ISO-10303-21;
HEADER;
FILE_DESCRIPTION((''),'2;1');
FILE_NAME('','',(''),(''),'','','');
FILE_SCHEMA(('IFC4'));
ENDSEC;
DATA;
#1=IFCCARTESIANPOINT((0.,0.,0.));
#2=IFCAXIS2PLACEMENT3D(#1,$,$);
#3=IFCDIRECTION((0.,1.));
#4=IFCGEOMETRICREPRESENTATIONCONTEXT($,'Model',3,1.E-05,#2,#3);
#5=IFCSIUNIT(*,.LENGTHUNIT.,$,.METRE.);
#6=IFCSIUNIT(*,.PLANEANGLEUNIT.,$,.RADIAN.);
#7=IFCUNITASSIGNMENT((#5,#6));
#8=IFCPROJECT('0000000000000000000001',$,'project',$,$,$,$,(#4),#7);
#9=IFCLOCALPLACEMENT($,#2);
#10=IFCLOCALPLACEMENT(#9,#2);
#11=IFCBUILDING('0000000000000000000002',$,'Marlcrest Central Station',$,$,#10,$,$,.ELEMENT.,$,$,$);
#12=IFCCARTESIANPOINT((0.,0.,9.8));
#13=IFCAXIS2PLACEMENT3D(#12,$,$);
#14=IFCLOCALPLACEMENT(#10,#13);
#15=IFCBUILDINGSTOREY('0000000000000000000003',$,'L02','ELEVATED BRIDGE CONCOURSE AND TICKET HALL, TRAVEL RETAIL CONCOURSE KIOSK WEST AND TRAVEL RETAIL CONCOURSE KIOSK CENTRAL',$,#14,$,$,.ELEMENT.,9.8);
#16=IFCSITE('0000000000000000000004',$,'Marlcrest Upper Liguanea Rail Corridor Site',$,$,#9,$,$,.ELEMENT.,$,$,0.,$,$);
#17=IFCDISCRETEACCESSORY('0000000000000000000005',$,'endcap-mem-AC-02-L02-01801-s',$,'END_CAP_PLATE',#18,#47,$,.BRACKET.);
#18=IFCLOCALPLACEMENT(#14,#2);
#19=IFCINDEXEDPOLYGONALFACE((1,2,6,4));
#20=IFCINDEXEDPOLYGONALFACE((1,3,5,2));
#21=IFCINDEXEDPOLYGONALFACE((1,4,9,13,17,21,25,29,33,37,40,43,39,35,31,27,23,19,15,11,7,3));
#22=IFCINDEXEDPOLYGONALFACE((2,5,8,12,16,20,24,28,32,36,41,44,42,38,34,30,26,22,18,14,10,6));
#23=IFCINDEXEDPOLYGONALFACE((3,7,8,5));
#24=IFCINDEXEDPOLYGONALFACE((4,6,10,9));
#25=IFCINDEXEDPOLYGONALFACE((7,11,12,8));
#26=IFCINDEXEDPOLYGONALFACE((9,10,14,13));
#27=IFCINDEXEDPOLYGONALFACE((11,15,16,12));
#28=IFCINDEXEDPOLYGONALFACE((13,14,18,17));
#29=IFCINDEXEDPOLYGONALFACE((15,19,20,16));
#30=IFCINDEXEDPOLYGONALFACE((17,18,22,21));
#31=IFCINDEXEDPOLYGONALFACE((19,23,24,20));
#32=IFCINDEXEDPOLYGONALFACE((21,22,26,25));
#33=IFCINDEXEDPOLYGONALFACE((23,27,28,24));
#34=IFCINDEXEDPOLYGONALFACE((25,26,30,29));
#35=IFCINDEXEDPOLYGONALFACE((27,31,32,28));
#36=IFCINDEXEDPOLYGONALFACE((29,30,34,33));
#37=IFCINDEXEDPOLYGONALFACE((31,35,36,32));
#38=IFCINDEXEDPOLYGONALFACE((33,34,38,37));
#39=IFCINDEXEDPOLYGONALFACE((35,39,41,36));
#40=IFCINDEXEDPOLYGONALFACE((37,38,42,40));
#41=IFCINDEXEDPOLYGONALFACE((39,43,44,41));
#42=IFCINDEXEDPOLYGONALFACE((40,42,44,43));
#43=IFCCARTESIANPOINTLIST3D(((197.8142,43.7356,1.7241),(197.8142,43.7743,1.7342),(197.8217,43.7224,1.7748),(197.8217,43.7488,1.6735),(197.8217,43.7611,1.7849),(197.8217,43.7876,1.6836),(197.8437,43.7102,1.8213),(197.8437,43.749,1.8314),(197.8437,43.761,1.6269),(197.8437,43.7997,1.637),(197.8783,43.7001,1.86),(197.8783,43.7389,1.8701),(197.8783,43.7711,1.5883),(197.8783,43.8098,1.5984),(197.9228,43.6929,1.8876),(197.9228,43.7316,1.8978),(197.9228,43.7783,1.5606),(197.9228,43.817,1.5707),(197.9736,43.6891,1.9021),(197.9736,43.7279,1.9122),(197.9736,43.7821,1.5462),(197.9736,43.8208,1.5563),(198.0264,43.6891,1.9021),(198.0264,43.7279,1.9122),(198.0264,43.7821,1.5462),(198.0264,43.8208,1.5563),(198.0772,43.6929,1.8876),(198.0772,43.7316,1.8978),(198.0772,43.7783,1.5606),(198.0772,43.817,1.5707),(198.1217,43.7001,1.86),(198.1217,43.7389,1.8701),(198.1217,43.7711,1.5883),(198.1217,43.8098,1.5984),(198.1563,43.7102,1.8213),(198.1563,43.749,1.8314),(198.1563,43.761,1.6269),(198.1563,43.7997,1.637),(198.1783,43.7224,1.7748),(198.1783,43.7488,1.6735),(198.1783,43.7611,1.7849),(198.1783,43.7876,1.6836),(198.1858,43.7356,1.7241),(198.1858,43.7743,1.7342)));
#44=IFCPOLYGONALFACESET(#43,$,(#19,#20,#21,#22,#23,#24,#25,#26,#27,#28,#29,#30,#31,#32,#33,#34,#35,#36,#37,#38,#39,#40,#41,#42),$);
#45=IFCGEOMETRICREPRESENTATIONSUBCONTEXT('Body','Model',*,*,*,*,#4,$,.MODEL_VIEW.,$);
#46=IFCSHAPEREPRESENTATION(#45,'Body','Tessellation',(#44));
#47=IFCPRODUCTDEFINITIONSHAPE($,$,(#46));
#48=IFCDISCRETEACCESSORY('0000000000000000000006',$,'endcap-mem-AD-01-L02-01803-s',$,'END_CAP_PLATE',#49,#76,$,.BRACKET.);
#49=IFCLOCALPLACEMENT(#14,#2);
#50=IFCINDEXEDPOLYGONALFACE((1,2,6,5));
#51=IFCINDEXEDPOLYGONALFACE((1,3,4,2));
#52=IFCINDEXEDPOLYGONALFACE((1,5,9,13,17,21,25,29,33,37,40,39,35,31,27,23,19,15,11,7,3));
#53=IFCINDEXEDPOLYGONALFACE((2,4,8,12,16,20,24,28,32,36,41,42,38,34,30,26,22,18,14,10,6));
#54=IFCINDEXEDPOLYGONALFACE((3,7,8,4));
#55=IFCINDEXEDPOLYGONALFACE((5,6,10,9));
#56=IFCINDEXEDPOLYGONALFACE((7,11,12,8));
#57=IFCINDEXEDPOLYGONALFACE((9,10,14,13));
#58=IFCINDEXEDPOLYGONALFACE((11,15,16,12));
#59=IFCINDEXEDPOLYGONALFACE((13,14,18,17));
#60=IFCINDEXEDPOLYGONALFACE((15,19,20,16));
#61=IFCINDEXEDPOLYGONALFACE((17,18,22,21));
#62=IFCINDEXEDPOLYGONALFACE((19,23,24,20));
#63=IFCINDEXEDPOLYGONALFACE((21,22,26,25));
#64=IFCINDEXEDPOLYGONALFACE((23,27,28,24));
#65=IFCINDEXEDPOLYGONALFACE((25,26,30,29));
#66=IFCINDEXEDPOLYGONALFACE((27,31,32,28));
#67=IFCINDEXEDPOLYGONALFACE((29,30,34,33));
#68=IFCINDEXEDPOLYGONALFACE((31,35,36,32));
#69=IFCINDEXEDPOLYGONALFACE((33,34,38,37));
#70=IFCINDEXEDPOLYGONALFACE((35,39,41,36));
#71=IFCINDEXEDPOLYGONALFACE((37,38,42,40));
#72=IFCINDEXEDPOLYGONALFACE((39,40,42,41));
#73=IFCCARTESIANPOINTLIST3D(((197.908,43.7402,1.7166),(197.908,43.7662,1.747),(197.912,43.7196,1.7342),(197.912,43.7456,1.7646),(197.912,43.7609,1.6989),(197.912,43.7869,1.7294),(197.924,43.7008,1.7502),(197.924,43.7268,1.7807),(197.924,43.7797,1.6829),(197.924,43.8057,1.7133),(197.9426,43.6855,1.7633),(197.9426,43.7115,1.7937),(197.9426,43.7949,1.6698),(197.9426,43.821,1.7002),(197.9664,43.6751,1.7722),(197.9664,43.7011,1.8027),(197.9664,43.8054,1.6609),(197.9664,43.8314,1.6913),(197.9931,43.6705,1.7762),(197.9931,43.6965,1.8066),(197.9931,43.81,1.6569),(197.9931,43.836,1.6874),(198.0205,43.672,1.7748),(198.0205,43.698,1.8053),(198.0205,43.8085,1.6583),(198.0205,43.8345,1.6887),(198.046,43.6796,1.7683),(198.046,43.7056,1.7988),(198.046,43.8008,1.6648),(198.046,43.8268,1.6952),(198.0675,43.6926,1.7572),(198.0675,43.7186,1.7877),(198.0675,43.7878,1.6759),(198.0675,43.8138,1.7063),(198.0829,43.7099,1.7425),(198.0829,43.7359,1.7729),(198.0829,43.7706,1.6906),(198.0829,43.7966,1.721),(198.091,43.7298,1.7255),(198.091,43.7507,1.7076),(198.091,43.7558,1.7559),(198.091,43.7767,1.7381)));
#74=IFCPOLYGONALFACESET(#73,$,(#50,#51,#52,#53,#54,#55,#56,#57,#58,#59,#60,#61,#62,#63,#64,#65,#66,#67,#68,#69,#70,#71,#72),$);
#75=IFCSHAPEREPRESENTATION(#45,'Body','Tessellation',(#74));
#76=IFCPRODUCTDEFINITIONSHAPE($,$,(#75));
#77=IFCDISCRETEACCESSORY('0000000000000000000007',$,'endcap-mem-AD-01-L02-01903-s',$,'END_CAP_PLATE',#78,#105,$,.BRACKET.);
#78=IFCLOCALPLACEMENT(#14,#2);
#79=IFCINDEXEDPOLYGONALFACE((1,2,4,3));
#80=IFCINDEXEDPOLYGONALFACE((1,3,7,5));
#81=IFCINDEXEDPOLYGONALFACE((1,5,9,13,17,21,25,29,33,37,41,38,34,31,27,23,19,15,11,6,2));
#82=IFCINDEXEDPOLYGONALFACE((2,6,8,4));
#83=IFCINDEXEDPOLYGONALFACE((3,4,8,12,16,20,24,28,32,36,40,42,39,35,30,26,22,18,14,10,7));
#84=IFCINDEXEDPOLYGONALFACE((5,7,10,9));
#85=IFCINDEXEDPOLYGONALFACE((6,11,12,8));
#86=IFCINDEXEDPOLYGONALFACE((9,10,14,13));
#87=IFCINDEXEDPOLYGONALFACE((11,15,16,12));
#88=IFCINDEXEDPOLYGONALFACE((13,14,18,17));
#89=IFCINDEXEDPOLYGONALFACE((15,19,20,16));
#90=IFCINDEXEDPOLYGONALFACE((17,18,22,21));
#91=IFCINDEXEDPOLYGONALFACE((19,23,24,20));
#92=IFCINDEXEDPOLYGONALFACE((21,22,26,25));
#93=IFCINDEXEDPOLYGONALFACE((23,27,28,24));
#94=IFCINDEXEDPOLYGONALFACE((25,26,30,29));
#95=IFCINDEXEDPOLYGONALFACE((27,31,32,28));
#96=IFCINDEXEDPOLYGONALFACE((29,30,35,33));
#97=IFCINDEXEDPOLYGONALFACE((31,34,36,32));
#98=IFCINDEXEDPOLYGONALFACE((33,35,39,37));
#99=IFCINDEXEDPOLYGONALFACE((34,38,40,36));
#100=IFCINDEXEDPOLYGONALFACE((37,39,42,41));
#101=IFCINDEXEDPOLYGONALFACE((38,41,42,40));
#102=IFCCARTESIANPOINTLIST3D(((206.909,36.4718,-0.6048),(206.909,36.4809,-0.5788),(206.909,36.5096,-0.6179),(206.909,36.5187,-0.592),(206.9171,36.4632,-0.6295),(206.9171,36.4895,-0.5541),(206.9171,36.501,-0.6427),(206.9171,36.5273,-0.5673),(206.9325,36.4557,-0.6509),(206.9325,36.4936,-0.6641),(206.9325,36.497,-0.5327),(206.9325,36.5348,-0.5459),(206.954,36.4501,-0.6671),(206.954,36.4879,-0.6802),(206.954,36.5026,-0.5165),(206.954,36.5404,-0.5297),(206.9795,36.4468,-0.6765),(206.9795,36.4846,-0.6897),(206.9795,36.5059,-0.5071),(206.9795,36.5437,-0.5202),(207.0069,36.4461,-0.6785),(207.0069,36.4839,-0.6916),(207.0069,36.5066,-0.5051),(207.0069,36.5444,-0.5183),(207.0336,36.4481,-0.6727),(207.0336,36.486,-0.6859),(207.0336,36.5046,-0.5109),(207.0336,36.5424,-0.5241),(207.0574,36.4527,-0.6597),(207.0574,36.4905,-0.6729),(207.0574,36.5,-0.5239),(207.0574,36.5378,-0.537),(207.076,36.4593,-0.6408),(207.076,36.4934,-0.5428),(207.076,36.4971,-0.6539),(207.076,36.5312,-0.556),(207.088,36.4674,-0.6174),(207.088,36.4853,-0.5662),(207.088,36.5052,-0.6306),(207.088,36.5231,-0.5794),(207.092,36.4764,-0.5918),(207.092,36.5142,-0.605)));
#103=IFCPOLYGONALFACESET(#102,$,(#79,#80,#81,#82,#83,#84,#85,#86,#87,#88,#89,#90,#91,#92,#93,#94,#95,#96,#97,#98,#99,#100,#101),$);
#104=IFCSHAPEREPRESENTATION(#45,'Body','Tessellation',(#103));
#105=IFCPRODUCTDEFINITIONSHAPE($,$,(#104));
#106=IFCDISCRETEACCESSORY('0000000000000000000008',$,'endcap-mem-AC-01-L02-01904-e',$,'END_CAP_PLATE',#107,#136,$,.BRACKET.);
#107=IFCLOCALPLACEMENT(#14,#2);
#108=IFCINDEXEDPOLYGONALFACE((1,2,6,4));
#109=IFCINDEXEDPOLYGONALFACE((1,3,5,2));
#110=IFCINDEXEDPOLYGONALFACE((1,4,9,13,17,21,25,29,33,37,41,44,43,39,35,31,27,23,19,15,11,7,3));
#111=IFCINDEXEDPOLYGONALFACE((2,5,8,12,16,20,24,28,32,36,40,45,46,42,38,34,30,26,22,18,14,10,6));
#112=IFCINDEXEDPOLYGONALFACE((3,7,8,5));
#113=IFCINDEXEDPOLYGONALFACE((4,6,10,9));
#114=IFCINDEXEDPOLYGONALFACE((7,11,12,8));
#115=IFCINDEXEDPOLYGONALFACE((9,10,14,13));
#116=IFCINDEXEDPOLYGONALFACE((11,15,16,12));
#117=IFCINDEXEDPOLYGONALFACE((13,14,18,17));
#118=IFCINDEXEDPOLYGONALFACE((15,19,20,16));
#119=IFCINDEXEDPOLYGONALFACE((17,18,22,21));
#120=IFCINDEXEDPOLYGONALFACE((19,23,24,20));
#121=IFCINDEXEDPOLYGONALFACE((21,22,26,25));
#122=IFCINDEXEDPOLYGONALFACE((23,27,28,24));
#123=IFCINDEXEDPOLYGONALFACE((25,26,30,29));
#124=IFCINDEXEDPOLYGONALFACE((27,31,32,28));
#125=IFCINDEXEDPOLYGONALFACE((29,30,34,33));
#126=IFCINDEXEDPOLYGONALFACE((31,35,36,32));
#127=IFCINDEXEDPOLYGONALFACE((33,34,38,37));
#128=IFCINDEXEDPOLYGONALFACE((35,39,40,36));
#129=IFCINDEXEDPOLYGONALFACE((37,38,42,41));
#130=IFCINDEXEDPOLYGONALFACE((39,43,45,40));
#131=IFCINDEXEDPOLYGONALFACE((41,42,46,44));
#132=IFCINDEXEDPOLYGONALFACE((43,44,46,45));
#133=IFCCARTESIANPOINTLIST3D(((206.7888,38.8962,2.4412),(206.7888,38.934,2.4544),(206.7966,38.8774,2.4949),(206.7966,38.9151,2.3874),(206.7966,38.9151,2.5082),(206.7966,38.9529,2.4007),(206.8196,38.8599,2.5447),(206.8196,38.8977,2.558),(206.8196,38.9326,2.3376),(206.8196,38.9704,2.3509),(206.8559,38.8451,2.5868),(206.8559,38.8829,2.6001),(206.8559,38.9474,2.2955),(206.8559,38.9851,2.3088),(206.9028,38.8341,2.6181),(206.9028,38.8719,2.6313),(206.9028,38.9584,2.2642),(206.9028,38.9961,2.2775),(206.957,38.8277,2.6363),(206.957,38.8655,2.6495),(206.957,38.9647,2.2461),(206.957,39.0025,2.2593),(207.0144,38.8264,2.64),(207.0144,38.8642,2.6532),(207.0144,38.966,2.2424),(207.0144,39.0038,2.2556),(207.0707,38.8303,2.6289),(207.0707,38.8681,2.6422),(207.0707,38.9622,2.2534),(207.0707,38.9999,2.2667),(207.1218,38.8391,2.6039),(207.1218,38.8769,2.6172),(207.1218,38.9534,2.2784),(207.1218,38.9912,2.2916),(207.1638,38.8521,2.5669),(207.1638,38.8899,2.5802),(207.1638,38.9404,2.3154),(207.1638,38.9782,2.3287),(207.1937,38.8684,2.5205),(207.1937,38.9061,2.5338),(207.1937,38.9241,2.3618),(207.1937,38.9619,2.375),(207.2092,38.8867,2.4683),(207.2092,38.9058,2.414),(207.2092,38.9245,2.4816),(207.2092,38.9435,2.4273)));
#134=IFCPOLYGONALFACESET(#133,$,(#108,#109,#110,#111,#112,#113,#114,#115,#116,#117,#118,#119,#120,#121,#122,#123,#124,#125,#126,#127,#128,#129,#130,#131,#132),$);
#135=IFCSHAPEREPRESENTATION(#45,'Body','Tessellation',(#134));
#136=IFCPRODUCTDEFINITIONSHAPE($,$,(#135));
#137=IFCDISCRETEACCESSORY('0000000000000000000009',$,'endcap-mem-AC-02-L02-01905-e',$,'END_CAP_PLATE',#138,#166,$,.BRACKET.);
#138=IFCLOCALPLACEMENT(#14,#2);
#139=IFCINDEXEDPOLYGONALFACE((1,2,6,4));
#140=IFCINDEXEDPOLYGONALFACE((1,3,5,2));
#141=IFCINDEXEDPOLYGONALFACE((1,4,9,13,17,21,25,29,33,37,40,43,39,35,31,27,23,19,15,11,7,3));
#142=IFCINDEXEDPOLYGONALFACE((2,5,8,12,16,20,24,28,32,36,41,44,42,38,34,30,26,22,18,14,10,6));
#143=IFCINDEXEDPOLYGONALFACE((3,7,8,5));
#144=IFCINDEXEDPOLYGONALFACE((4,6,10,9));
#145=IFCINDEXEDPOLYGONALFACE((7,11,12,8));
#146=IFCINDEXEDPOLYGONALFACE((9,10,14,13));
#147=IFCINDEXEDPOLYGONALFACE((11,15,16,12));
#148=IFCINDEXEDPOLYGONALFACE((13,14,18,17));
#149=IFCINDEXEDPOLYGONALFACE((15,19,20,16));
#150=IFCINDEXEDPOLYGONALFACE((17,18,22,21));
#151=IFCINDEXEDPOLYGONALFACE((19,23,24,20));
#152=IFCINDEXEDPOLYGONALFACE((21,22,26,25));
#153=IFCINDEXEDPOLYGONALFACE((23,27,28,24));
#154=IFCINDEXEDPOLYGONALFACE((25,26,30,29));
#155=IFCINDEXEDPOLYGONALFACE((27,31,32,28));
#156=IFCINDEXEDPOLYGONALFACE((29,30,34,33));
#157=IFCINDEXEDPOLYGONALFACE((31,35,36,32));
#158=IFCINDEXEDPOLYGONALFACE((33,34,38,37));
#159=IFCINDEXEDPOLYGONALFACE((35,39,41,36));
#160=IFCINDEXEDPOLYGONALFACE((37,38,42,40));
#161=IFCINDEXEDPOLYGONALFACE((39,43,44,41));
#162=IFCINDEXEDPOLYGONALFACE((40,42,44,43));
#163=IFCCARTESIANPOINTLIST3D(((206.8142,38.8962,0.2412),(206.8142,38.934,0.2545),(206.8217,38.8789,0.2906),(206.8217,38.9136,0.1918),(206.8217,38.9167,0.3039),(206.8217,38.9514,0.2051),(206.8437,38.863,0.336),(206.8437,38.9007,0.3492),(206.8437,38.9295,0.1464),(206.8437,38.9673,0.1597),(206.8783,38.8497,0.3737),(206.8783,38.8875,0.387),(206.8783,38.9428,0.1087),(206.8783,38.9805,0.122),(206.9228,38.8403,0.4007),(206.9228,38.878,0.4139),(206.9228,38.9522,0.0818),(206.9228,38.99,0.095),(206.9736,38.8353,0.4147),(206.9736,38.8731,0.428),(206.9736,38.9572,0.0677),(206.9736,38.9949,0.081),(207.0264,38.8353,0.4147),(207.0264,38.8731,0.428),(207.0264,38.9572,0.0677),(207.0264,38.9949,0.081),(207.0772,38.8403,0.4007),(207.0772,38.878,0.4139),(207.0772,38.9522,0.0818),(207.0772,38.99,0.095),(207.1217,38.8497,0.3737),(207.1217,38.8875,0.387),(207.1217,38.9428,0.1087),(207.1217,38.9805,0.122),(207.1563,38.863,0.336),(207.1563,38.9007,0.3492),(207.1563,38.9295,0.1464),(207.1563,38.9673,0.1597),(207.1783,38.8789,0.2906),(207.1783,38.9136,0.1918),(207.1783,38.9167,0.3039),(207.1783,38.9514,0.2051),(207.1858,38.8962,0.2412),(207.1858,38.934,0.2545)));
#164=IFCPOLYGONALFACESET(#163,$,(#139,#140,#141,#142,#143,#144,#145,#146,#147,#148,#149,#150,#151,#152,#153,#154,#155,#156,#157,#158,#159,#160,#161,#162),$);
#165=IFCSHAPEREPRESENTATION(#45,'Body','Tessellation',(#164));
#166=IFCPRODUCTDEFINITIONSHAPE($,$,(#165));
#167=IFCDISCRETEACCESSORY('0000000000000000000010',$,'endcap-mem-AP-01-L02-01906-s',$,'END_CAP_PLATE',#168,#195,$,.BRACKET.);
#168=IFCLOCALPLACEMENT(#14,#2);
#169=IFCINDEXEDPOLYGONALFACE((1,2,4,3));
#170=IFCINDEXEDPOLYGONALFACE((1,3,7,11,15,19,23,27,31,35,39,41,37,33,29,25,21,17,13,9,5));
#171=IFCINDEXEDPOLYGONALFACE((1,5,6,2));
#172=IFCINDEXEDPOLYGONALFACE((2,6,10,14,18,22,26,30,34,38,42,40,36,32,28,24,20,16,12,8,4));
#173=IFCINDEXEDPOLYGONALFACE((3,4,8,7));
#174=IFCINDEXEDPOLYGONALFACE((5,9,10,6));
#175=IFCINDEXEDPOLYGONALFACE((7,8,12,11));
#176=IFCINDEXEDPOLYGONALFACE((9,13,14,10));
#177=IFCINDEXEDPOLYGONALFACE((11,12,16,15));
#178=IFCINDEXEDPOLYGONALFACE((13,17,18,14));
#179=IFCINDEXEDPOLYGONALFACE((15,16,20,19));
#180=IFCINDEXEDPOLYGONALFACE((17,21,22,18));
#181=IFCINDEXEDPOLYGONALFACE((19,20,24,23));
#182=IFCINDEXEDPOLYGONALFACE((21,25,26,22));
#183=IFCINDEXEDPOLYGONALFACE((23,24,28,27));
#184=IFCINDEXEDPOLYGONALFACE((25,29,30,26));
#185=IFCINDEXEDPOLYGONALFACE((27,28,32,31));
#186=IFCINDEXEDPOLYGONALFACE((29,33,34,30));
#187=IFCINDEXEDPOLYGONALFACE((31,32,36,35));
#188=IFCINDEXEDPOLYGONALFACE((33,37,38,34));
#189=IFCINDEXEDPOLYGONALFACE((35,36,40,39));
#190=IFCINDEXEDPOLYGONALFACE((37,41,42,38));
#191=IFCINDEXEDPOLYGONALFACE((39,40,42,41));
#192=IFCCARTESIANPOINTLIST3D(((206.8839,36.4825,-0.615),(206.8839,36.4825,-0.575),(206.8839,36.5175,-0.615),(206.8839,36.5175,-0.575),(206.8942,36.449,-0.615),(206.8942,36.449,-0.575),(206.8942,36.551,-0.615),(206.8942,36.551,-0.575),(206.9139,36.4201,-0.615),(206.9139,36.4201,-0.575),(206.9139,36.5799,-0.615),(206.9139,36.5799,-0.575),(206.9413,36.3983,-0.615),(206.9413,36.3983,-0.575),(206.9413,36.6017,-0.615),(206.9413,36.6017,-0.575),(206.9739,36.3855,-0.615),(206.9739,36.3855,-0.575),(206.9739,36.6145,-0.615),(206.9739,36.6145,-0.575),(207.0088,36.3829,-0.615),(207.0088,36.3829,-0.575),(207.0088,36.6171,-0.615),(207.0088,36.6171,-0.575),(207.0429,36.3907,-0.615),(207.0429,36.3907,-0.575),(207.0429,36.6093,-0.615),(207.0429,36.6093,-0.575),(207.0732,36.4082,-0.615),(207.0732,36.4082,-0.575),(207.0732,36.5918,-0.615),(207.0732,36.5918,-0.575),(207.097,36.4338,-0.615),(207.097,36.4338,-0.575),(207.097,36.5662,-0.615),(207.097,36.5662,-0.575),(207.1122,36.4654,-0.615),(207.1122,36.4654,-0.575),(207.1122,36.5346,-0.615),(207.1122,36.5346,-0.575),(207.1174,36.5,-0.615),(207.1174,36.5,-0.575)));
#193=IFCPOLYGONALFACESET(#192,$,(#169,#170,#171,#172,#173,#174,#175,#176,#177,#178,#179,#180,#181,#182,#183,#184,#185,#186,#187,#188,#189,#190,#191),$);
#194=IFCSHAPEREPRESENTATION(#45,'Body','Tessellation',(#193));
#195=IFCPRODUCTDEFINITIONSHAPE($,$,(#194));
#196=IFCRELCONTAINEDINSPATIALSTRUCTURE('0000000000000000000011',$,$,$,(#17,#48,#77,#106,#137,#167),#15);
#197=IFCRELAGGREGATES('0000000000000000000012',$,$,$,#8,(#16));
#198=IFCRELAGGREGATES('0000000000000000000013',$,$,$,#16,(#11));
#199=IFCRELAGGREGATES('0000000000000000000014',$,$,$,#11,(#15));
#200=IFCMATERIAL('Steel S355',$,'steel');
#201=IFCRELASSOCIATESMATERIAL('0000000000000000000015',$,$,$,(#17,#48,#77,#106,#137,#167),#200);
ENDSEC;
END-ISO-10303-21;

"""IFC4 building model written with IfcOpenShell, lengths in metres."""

from ifc_helpers import new_model, si_unit, direction, frame, origin, origin_2d, place, context, subcontext, project, spatial, circle, extrude, material, element, save


model = new_model("IFC4")

# Units and contexts
model_context = context("Model", 3, precision=1e-05, world=origin(), true_north=direction((0.0, 1.0)))
body_context = subcontext(model_context, "Body", "Model", "MODEL_VIEW")
ifc_project = project(units=[si_unit("LENGTHUNIT", "METRE"), si_unit("PLANEANGLEUNIT", "RADIAN")], contexts=[model_context])

# Site, building, storey
site_placement = place(None, origin())
site = spatial("IfcSite", under=ifc_project, at=site_placement, Name="Marlcrest Upper Liguanea Rail Corridor Site", CompositionType="ELEMENT", RefElevation=0.0)
building_placement = place(site_placement, origin())
building = spatial("IfcBuilding", under=site, at=building_placement, Name="Marlcrest Central Station", CompositionType="ELEMENT")
storey_placement = place(building_placement, frame((0.0, 0.0, 9.8)))
storey = spatial("IfcBuildingStorey", under=building, at=storey_placement, Name="L02", Description="ELEVATED BRIDGE CONCOURSE AND TICKET HALL, TRAVEL RETAIL CONCOURSE KIOSK WEST AND TRAVEL RETAIL CONCOURSE KIOSK CENTRAL", CompositionType="ELEMENT", Elevation=9.8)

# Shared definitions
ifc_material_1 = material(Name="Steel S355", Category="steel")

# Discrete accessories
discrete_accessory_1_placement = place(storey_placement, frame((198.0, 43.7356, 1.7241), z_axis=(0.0, 0.967563, 0.252629), x_axis=(-1.0, 0.0, 0.0)))
element("IfcDiscreteAccessory", 1, at=discrete_accessory_1_placement, inside=storey, material=ifc_material_1, Name="endcap-mem-AC-02-L02-01801-s", ObjectType="END_CAP_PLATE", PredefinedType="BRACKET", context=body_context, shape_type="SweptSolid", body=[
    extrude(circle(Radius=0.1858, at=origin_2d()), origin(), (0.0, 0.0, 1.0), 0.04),
])
for number, where, z_axis, x_axis, name in (
    (2, (198.0, 43.7402, 1.7166), (0.0, 0.649625, 0.760255), (-1.0, 0.0, 0.0), "endcap-mem-AD-01-L02-01803-s"),
    (3, (207.0, 36.5142, -0.605), (0.0, -0.94426, 0.3292), (1.0, 0.0, 0.0), "endcap-mem-AD-01-L02-01903-s"),
):
    element("IfcDiscreteAccessory", number, at=place(storey_placement, frame(where, z_axis=z_axis, x_axis=x_axis)), inside=storey, material=ifc_material_1, Name=name, ObjectType="END_CAP_PLATE", PredefinedType="BRACKET", context=body_context, shape_type="SweptSolid", body=[
        extrude(circle(Radius=0.092, at=origin_2d()), origin(), (0.0, 0.0, 1.0), 0.04),
    ])
discrete_accessory_2_placement = place(storey_placement, frame((207.0, 38.8962, 2.4412), z_axis=(0.0, 0.943537, 0.331266), x_axis=(-1.0, 0.0, 0.0)))
element("IfcDiscreteAccessory", 4, at=discrete_accessory_2_placement, inside=storey, material=ifc_material_1, Name="endcap-mem-AC-01-L02-01904-e", ObjectType="END_CAP_PLATE", PredefinedType="BRACKET", context=body_context, shape_type="SweptSolid", body=[
    extrude(circle(Radius=0.2112, at=origin_2d()), origin(), (0.0, 0.0, 1.0), 0.04),
])
discrete_accessory_3_placement = place(storey_placement, frame((207.0, 38.8962, 0.2412), z_axis=(0.0, 0.943537, 0.331266), x_axis=(-1.0, 0.0, 0.0)))
element("IfcDiscreteAccessory", 5, at=discrete_accessory_3_placement, inside=storey, material=ifc_material_1, Name="endcap-mem-AC-02-L02-01905-e", ObjectType="END_CAP_PLATE", PredefinedType="BRACKET", context=body_context, shape_type="SweptSolid", body=[
    extrude(circle(Radius=0.1858, at=origin_2d()), origin(), (0.0, 0.0, 1.0), 0.04),
])
for number, where, z_axis, x_axis, name in (
    (6, (207.0, 36.5, -0.615), (0.0, 0.0, 1.0), (1.0, 0.0, 0.0), "endcap-mem-AP-01-L02-01906-s"),
):
    element("IfcDiscreteAccessory", number, at=place(storey_placement, frame(where, z_axis=z_axis, x_axis=x_axis)), inside=storey, material=ifc_material_1, Name=name, ObjectType="END_CAP_PLATE", PredefinedType="BRACKET", context=body_context, shape_type="SweptSolid", body=[
        extrude(circle(Radius=0.1174, at=origin_2d()), origin(), (0.0, 0.0, 1.0), 0.04),
    ])

save(model, "model.ifc")
